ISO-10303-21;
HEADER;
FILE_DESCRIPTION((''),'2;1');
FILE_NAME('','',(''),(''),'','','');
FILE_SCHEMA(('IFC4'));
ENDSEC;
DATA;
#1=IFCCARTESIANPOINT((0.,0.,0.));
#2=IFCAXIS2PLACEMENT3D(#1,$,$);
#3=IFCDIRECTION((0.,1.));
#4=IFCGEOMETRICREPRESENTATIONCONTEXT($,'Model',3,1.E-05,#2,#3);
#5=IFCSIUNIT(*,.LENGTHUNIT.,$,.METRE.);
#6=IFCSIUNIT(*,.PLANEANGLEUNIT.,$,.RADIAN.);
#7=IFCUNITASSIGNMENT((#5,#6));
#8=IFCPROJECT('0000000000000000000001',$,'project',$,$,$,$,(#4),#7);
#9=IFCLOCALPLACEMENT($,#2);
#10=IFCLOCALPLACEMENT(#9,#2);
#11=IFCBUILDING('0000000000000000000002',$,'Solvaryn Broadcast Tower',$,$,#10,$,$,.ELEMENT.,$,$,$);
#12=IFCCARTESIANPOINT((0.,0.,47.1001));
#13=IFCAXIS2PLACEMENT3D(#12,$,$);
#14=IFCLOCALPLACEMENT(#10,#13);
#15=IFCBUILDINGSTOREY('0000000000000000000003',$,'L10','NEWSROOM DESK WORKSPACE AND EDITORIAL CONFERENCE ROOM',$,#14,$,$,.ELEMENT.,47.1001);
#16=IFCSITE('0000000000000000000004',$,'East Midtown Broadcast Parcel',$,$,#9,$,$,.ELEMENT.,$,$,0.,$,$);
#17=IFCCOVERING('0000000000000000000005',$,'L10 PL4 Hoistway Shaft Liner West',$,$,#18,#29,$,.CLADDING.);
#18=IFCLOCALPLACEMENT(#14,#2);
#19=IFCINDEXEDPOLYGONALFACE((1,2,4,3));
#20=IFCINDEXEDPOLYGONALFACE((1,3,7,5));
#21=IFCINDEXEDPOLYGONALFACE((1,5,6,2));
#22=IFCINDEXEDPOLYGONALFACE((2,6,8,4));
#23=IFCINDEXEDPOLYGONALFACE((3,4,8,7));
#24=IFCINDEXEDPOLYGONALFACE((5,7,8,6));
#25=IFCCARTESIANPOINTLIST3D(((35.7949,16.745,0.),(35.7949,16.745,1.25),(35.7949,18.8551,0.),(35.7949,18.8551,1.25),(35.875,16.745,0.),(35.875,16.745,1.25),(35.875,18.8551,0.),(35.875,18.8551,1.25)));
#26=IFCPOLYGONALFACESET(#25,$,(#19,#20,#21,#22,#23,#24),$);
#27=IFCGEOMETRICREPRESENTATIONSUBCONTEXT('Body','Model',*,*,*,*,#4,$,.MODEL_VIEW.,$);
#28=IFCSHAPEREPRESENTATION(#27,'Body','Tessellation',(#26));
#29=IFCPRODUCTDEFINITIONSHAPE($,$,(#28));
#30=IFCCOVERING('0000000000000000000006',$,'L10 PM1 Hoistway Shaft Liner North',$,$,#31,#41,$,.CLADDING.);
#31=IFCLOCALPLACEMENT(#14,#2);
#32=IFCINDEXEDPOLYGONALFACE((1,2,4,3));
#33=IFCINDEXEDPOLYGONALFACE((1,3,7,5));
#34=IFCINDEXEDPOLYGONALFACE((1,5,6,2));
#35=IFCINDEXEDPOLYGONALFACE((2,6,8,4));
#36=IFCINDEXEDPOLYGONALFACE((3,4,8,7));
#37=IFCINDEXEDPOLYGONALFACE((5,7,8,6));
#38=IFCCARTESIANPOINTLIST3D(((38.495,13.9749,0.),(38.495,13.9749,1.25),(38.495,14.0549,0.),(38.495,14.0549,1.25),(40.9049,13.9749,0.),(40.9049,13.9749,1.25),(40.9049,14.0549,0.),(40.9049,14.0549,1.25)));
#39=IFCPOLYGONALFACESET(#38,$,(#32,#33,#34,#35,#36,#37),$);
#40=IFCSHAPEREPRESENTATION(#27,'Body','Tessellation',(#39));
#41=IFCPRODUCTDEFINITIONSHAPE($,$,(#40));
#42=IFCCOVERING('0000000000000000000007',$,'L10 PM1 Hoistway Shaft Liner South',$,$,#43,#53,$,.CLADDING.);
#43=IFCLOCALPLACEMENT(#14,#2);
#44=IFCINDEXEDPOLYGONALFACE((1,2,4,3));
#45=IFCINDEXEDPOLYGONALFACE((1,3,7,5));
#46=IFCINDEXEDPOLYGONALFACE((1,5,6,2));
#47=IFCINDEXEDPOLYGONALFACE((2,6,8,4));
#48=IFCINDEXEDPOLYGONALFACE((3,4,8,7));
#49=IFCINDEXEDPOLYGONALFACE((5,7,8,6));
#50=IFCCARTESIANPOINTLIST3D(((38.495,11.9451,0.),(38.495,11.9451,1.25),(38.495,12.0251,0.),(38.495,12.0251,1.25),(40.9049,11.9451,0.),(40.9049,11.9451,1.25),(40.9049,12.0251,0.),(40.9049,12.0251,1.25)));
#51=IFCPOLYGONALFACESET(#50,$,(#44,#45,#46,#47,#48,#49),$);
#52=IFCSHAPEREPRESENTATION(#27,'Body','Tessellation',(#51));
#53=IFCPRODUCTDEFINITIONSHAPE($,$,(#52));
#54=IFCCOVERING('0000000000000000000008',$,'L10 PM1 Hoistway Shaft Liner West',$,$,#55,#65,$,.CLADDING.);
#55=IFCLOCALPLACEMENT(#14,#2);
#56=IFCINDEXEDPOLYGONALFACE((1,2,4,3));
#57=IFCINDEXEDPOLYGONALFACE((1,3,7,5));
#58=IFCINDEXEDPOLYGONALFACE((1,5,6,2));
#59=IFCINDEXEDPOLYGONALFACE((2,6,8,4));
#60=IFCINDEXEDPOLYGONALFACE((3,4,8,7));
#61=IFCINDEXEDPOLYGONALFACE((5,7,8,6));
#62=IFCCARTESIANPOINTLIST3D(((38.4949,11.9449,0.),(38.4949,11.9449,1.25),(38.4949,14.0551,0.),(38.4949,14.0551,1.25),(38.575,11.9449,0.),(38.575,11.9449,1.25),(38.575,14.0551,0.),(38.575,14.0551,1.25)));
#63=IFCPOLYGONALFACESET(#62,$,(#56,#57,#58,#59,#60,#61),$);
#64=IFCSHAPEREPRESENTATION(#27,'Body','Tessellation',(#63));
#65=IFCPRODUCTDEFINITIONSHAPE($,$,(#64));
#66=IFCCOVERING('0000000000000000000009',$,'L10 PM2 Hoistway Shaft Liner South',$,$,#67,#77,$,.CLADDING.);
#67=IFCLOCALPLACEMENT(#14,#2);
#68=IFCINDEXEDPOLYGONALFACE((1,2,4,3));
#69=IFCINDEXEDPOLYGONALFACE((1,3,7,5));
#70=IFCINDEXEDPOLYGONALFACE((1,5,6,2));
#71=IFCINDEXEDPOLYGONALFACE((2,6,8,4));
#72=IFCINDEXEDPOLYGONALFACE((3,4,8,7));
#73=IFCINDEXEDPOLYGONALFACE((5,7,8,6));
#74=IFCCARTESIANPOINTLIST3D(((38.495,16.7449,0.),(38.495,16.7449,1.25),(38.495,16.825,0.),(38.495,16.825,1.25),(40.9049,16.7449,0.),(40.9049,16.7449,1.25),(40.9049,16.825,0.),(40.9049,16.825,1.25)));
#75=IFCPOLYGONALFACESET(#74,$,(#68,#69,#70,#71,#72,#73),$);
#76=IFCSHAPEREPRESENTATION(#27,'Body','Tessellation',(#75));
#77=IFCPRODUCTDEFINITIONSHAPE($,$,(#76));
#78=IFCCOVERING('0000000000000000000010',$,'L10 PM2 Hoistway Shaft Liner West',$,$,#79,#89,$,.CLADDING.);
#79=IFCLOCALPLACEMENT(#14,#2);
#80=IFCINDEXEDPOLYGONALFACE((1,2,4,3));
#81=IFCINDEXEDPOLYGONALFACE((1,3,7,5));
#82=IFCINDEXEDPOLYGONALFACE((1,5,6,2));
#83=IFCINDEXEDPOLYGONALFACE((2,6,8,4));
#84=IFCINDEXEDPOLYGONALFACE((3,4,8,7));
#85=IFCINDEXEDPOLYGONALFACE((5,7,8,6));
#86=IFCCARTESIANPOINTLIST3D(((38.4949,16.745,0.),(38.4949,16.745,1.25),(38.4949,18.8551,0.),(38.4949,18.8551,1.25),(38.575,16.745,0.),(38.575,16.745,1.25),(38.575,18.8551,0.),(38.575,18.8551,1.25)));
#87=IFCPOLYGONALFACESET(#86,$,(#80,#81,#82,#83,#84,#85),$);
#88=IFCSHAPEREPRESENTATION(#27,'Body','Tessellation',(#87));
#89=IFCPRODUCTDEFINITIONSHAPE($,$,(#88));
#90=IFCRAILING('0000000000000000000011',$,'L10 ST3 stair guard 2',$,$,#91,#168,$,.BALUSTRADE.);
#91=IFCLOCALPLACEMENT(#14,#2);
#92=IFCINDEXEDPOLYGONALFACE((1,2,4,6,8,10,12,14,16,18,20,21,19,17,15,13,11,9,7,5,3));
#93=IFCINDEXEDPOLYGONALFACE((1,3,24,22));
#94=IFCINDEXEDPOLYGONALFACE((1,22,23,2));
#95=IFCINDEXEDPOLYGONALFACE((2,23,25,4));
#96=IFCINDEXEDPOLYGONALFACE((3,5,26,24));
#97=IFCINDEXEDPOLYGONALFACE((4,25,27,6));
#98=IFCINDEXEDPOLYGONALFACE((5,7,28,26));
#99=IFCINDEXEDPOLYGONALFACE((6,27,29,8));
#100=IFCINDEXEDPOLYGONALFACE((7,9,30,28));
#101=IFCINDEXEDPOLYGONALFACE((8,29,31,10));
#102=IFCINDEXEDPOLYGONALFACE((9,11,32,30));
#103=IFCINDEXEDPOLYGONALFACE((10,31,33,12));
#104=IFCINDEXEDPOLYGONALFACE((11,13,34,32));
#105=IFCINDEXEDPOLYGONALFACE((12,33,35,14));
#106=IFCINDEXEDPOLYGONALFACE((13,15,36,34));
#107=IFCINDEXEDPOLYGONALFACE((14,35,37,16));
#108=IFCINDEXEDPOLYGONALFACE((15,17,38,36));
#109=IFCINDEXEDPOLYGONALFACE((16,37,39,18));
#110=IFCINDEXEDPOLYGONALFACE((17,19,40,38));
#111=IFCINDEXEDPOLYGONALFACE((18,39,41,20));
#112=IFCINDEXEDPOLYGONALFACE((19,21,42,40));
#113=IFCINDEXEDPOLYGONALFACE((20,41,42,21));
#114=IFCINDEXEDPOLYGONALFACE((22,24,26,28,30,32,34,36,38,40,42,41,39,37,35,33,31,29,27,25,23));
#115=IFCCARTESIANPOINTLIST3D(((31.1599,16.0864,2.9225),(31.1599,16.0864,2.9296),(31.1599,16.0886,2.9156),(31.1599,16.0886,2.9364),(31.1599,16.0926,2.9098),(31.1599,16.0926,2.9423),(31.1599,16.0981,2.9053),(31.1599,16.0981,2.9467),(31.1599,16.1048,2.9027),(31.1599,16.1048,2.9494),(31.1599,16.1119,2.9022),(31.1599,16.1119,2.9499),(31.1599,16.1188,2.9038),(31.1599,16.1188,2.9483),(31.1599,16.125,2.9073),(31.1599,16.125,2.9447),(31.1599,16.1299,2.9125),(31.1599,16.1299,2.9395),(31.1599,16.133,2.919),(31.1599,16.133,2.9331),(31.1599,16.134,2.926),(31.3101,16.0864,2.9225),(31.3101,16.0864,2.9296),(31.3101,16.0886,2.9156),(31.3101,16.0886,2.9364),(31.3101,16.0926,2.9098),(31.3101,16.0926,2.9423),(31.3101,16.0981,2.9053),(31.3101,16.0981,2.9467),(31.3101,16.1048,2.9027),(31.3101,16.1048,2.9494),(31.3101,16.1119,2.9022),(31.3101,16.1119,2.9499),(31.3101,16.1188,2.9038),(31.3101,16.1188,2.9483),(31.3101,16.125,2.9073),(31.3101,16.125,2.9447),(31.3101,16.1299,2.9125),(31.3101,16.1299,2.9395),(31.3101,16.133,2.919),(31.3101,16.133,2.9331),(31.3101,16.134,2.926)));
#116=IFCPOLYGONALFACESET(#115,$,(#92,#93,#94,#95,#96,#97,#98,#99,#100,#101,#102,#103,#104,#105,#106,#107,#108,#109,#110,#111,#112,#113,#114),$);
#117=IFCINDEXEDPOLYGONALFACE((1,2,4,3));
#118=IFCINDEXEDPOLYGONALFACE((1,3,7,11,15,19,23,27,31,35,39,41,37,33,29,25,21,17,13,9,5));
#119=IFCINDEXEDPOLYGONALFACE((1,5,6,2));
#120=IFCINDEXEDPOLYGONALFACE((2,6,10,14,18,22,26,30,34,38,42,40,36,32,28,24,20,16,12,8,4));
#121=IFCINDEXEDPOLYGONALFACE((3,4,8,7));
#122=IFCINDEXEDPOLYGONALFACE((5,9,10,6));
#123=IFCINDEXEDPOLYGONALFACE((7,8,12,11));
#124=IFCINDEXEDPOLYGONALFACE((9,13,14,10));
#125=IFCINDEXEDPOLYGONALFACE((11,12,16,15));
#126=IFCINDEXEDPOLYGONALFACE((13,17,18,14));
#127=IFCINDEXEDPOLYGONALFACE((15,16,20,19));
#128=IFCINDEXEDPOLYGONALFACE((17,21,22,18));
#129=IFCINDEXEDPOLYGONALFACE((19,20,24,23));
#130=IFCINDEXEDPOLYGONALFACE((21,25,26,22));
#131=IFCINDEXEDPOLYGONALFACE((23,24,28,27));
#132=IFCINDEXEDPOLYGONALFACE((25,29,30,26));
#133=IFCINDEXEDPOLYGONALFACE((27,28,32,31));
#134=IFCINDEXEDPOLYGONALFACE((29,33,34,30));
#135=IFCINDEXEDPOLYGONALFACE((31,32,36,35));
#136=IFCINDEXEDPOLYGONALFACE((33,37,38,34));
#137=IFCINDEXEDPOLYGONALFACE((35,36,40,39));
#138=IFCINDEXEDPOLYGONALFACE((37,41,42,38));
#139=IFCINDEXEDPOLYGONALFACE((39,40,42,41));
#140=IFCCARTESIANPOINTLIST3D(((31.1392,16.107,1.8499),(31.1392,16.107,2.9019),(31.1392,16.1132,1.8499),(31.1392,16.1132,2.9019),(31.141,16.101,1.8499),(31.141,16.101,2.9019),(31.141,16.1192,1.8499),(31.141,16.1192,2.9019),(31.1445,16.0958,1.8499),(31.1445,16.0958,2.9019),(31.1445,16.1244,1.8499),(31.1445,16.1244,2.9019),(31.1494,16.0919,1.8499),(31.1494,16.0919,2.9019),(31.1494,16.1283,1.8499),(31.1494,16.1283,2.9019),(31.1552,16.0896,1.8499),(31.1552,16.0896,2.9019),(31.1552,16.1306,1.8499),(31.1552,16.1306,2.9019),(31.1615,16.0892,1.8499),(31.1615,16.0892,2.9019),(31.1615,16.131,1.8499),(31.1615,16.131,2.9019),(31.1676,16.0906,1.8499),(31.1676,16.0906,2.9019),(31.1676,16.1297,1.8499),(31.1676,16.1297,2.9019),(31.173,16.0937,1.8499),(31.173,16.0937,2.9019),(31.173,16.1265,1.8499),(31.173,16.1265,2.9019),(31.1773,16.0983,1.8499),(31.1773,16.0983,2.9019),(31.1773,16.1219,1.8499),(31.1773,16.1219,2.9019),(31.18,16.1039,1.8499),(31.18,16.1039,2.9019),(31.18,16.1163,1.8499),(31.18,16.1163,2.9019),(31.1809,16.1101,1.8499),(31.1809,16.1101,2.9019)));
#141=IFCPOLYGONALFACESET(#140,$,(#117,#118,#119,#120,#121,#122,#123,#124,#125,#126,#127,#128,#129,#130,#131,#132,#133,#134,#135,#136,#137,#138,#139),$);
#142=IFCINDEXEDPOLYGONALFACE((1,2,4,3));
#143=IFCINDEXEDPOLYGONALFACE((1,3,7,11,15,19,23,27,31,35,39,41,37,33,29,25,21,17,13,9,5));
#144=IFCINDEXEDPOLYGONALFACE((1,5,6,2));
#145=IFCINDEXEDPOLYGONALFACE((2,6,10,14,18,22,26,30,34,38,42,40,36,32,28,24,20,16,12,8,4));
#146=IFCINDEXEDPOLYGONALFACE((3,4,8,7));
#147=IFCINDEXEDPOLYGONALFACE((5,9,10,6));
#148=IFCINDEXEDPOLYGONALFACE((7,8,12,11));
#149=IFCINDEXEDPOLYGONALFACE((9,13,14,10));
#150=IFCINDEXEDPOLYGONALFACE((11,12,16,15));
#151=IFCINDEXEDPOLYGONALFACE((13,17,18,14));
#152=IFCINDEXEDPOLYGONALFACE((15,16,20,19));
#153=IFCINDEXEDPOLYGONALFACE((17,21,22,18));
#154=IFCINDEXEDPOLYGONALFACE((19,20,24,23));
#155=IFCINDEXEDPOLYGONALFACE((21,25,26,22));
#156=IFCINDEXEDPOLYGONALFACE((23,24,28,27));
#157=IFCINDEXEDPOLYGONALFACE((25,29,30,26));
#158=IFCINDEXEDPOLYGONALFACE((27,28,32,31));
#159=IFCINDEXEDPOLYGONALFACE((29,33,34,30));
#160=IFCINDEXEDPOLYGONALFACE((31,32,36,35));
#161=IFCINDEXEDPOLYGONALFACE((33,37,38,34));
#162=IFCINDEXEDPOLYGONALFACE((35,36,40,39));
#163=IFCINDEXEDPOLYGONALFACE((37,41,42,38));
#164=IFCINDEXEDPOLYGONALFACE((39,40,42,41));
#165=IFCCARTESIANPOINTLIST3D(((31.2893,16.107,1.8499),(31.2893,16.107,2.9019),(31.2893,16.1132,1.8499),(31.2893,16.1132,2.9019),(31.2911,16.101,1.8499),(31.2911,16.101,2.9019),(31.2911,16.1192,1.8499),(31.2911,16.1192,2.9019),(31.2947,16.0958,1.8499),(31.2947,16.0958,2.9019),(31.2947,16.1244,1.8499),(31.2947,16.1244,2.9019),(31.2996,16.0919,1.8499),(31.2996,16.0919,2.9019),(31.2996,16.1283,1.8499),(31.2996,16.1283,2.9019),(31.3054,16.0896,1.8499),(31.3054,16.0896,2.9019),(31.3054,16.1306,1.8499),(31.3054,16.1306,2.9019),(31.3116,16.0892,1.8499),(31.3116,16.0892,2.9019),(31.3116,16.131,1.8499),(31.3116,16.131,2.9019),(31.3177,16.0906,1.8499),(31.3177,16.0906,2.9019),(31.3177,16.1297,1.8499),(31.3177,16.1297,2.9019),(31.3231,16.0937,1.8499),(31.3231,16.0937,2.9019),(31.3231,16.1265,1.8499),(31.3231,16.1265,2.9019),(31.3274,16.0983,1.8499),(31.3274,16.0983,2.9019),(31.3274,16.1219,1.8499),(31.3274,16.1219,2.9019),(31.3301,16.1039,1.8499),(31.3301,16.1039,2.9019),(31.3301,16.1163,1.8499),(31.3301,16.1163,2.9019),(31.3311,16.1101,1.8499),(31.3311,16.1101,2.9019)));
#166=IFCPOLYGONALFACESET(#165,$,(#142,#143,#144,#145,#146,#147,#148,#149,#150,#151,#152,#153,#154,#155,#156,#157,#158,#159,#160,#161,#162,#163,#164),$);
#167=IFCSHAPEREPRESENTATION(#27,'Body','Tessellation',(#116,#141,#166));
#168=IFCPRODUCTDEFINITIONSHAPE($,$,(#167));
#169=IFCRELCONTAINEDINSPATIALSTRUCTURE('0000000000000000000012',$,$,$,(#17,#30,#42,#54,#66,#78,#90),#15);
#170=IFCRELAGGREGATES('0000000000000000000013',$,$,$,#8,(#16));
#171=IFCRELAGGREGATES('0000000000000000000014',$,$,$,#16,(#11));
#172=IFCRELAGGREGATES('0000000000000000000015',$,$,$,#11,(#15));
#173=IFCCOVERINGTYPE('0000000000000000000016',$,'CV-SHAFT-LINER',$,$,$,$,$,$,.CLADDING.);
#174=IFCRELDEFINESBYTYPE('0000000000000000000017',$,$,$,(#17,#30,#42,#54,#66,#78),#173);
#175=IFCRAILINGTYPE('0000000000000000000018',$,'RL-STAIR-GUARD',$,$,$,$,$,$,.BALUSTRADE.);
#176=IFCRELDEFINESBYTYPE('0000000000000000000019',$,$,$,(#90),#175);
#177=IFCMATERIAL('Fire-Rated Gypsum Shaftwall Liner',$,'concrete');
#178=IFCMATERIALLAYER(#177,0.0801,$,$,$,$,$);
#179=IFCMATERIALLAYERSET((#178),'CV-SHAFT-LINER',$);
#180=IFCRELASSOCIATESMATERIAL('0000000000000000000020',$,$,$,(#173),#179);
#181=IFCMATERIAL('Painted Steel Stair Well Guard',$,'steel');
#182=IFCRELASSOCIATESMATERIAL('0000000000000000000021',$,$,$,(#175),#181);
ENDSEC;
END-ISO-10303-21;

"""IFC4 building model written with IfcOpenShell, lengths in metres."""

from ifc_helpers import new_model, si_unit, direction, frame, origin, origin_2d, place, context, subcontext, project, spatial, rectangle, circle, extrude, material, layer, layer_set, type_object, element, save


model = new_model("IFC4")

# Units and contexts
model_context = context("Model", 3, precision=1e-05, world=origin(), true_north=direction((0.0, 1.0)))
body_context = subcontext(model_context, "Body", "Model", "MODEL_VIEW")
ifc_project = project(units=[si_unit("LENGTHUNIT", "METRE"), si_unit("PLANEANGLEUNIT", "RADIAN")], contexts=[model_context])

# Site, building, storey
site_placement = place(None, origin())
site = spatial("IfcSite", under=ifc_project, at=site_placement, Name="East Midtown Broadcast Parcel", CompositionType="ELEMENT", RefElevation=0.0)
building_placement = place(site_placement, origin())
building = spatial("IfcBuilding", under=site, at=building_placement, Name="Solvaryn Broadcast Tower", CompositionType="ELEMENT")
storey_placement = place(building_placement, frame((0.0, 0.0, 47.1001)))
storey = spatial("IfcBuildingStorey", under=building, at=storey_placement, Name="L10", Description="NEWSROOM DESK WORKSPACE AND EDITORIAL CONFERENCE ROOM", CompositionType="ELEMENT", Elevation=47.1001)

# Coverings
ifc_material_1 = material(Name="Fire-Rated Gypsum Shaftwall Liner", Category="concrete")
ifc_layer_1 = layer(ifc_material_1, 0.0801)
ifc_layer_set_1 = layer_set([ifc_layer_1], Name="CV-SHAFT-LINER")
covering_type = type_object("IfcCoveringType", Name="CV-SHAFT-LINER", PredefinedType="CLADDING", material=ifc_layer_set_1)
for number, where, z_axis, x_axis, name in (
    (1, (35.835, 17.8, 0.0), (0.0, 0.0, 1.0), (1.0, 0.0, 0.0), "L10 PL4 Hoistway Shaft Liner West"),
):
    element("IfcCovering", number, at=place(storey_placement, frame(where, z_axis=z_axis, x_axis=x_axis)), inside=storey, type_object=covering_type, Name=name, PredefinedType="CLADDING", context=body_context, shape_type="SweptSolid", body=[
        extrude(rectangle(XDim=0.0801, YDim=2.1101, at=origin_2d()), origin(), (0.0, 0.0, 1.0), 1.25),
    ])
for number, where, z_axis, x_axis, name in (
    (2, (39.7, 14.0149, 0.0), (0.0, 0.0, 1.0), (1.0, 0.0, 0.0), "L10 PM1 Hoistway Shaft Liner North"),
    (3, (39.7, 11.9851, 0.0), (0.0, 0.0, 1.0), (1.0, 0.0, 0.0), "L10 PM1 Hoistway Shaft Liner South"),
):
    element("IfcCovering", number, at=place(storey_placement, frame(where, z_axis=z_axis, x_axis=x_axis)), inside=storey, type_object=covering_type, Name=name, PredefinedType="CLADDING", context=body_context, shape_type="SweptSolid", body=[
        extrude(rectangle(XDim=2.4099, YDim=0.0801, at=origin_2d()), origin(), (0.0, 0.0, 1.0), 1.25),
    ])
covering_1_placement = place(storey_placement, frame((38.5349, 13.0, 0.0), z_axis=(0.0, 0.0, 1.0), x_axis=(1.0, 0.0, 0.0)))
element("IfcCovering", 4, at=covering_1_placement, inside=storey, type_object=covering_type, Name="L10 PM1 Hoistway Shaft Liner West", PredefinedType="CLADDING", context=body_context, shape_type="SweptSolid", body=[
    extrude(rectangle(XDim=0.0801, YDim=2.1101, at=origin_2d()), origin(), (0.0, 0.0, 1.0), 1.25),
])
covering_2_placement = place(storey_placement, frame((39.7, 16.7849, 0.0), z_axis=(0.0, 0.0, 1.0), x_axis=(1.0, 0.0, 0.0)))
element("IfcCovering", 5, at=covering_2_placement, inside=storey, type_object=covering_type, Name="L10 PM2 Hoistway Shaft Liner South", PredefinedType="CLADDING", context=body_context, shape_type="SweptSolid", body=[
    extrude(rectangle(XDim=2.4099, YDim=0.0801, at=origin_2d()), origin(), (0.0, 0.0, 1.0), 1.25),
])
covering_3_placement = place(storey_placement, frame((38.5349, 17.8, 0.0), z_axis=(0.0, 0.0, 1.0), x_axis=(1.0, 0.0, 0.0)))
element("IfcCovering", 6, at=covering_3_placement, inside=storey, type_object=covering_type, Name="L10 PM2 Hoistway Shaft Liner West", PredefinedType="CLADDING", context=body_context, shape_type="SweptSolid", body=[
    extrude(rectangle(XDim=0.0801, YDim=2.1101, at=origin_2d()), origin(), (0.0, 0.0, 1.0), 1.25),
])

# Railing
ifc_material_2 = material(Name="Painted Steel Stair Well Guard", Category="steel")
railing_type_1 = type_object("IfcRailingType", Name="RL-STAIR-GUARD", PredefinedType="BALUSTRADE", material=ifc_material_2)
railing_1_placement = place(storey_placement, frame((31.1599, 16.1101, 1.8499)))
element("IfcRailing", 7, at=railing_1_placement, inside=storey, type_object=railing_type_1, Name="L10 ST3 stair guard 2", PredefinedType="BALUSTRADE", context=body_context, shape_type="SweptSolid", body=[
    extrude(circle(Radius=0.0239, at=origin_2d()), frame((0.0, 0.0, 1.0762), z_axis=(1.0, 0.0, 0.0), x_axis=(0.0, 1.0, 0.0)), (0.0, 0.0, 1.0), 0.1501),
    extrude(circle(Radius=0.021, at=origin_2d()), origin(), (0.0, 0.0, 1.0), 1.052),
    extrude(circle(Radius=0.021, at=origin_2d()), frame((0.1501, 0.0, 0.0)), (0.0, 0.0, 1.0), 1.052),
])

save(model, "model.ifc")
